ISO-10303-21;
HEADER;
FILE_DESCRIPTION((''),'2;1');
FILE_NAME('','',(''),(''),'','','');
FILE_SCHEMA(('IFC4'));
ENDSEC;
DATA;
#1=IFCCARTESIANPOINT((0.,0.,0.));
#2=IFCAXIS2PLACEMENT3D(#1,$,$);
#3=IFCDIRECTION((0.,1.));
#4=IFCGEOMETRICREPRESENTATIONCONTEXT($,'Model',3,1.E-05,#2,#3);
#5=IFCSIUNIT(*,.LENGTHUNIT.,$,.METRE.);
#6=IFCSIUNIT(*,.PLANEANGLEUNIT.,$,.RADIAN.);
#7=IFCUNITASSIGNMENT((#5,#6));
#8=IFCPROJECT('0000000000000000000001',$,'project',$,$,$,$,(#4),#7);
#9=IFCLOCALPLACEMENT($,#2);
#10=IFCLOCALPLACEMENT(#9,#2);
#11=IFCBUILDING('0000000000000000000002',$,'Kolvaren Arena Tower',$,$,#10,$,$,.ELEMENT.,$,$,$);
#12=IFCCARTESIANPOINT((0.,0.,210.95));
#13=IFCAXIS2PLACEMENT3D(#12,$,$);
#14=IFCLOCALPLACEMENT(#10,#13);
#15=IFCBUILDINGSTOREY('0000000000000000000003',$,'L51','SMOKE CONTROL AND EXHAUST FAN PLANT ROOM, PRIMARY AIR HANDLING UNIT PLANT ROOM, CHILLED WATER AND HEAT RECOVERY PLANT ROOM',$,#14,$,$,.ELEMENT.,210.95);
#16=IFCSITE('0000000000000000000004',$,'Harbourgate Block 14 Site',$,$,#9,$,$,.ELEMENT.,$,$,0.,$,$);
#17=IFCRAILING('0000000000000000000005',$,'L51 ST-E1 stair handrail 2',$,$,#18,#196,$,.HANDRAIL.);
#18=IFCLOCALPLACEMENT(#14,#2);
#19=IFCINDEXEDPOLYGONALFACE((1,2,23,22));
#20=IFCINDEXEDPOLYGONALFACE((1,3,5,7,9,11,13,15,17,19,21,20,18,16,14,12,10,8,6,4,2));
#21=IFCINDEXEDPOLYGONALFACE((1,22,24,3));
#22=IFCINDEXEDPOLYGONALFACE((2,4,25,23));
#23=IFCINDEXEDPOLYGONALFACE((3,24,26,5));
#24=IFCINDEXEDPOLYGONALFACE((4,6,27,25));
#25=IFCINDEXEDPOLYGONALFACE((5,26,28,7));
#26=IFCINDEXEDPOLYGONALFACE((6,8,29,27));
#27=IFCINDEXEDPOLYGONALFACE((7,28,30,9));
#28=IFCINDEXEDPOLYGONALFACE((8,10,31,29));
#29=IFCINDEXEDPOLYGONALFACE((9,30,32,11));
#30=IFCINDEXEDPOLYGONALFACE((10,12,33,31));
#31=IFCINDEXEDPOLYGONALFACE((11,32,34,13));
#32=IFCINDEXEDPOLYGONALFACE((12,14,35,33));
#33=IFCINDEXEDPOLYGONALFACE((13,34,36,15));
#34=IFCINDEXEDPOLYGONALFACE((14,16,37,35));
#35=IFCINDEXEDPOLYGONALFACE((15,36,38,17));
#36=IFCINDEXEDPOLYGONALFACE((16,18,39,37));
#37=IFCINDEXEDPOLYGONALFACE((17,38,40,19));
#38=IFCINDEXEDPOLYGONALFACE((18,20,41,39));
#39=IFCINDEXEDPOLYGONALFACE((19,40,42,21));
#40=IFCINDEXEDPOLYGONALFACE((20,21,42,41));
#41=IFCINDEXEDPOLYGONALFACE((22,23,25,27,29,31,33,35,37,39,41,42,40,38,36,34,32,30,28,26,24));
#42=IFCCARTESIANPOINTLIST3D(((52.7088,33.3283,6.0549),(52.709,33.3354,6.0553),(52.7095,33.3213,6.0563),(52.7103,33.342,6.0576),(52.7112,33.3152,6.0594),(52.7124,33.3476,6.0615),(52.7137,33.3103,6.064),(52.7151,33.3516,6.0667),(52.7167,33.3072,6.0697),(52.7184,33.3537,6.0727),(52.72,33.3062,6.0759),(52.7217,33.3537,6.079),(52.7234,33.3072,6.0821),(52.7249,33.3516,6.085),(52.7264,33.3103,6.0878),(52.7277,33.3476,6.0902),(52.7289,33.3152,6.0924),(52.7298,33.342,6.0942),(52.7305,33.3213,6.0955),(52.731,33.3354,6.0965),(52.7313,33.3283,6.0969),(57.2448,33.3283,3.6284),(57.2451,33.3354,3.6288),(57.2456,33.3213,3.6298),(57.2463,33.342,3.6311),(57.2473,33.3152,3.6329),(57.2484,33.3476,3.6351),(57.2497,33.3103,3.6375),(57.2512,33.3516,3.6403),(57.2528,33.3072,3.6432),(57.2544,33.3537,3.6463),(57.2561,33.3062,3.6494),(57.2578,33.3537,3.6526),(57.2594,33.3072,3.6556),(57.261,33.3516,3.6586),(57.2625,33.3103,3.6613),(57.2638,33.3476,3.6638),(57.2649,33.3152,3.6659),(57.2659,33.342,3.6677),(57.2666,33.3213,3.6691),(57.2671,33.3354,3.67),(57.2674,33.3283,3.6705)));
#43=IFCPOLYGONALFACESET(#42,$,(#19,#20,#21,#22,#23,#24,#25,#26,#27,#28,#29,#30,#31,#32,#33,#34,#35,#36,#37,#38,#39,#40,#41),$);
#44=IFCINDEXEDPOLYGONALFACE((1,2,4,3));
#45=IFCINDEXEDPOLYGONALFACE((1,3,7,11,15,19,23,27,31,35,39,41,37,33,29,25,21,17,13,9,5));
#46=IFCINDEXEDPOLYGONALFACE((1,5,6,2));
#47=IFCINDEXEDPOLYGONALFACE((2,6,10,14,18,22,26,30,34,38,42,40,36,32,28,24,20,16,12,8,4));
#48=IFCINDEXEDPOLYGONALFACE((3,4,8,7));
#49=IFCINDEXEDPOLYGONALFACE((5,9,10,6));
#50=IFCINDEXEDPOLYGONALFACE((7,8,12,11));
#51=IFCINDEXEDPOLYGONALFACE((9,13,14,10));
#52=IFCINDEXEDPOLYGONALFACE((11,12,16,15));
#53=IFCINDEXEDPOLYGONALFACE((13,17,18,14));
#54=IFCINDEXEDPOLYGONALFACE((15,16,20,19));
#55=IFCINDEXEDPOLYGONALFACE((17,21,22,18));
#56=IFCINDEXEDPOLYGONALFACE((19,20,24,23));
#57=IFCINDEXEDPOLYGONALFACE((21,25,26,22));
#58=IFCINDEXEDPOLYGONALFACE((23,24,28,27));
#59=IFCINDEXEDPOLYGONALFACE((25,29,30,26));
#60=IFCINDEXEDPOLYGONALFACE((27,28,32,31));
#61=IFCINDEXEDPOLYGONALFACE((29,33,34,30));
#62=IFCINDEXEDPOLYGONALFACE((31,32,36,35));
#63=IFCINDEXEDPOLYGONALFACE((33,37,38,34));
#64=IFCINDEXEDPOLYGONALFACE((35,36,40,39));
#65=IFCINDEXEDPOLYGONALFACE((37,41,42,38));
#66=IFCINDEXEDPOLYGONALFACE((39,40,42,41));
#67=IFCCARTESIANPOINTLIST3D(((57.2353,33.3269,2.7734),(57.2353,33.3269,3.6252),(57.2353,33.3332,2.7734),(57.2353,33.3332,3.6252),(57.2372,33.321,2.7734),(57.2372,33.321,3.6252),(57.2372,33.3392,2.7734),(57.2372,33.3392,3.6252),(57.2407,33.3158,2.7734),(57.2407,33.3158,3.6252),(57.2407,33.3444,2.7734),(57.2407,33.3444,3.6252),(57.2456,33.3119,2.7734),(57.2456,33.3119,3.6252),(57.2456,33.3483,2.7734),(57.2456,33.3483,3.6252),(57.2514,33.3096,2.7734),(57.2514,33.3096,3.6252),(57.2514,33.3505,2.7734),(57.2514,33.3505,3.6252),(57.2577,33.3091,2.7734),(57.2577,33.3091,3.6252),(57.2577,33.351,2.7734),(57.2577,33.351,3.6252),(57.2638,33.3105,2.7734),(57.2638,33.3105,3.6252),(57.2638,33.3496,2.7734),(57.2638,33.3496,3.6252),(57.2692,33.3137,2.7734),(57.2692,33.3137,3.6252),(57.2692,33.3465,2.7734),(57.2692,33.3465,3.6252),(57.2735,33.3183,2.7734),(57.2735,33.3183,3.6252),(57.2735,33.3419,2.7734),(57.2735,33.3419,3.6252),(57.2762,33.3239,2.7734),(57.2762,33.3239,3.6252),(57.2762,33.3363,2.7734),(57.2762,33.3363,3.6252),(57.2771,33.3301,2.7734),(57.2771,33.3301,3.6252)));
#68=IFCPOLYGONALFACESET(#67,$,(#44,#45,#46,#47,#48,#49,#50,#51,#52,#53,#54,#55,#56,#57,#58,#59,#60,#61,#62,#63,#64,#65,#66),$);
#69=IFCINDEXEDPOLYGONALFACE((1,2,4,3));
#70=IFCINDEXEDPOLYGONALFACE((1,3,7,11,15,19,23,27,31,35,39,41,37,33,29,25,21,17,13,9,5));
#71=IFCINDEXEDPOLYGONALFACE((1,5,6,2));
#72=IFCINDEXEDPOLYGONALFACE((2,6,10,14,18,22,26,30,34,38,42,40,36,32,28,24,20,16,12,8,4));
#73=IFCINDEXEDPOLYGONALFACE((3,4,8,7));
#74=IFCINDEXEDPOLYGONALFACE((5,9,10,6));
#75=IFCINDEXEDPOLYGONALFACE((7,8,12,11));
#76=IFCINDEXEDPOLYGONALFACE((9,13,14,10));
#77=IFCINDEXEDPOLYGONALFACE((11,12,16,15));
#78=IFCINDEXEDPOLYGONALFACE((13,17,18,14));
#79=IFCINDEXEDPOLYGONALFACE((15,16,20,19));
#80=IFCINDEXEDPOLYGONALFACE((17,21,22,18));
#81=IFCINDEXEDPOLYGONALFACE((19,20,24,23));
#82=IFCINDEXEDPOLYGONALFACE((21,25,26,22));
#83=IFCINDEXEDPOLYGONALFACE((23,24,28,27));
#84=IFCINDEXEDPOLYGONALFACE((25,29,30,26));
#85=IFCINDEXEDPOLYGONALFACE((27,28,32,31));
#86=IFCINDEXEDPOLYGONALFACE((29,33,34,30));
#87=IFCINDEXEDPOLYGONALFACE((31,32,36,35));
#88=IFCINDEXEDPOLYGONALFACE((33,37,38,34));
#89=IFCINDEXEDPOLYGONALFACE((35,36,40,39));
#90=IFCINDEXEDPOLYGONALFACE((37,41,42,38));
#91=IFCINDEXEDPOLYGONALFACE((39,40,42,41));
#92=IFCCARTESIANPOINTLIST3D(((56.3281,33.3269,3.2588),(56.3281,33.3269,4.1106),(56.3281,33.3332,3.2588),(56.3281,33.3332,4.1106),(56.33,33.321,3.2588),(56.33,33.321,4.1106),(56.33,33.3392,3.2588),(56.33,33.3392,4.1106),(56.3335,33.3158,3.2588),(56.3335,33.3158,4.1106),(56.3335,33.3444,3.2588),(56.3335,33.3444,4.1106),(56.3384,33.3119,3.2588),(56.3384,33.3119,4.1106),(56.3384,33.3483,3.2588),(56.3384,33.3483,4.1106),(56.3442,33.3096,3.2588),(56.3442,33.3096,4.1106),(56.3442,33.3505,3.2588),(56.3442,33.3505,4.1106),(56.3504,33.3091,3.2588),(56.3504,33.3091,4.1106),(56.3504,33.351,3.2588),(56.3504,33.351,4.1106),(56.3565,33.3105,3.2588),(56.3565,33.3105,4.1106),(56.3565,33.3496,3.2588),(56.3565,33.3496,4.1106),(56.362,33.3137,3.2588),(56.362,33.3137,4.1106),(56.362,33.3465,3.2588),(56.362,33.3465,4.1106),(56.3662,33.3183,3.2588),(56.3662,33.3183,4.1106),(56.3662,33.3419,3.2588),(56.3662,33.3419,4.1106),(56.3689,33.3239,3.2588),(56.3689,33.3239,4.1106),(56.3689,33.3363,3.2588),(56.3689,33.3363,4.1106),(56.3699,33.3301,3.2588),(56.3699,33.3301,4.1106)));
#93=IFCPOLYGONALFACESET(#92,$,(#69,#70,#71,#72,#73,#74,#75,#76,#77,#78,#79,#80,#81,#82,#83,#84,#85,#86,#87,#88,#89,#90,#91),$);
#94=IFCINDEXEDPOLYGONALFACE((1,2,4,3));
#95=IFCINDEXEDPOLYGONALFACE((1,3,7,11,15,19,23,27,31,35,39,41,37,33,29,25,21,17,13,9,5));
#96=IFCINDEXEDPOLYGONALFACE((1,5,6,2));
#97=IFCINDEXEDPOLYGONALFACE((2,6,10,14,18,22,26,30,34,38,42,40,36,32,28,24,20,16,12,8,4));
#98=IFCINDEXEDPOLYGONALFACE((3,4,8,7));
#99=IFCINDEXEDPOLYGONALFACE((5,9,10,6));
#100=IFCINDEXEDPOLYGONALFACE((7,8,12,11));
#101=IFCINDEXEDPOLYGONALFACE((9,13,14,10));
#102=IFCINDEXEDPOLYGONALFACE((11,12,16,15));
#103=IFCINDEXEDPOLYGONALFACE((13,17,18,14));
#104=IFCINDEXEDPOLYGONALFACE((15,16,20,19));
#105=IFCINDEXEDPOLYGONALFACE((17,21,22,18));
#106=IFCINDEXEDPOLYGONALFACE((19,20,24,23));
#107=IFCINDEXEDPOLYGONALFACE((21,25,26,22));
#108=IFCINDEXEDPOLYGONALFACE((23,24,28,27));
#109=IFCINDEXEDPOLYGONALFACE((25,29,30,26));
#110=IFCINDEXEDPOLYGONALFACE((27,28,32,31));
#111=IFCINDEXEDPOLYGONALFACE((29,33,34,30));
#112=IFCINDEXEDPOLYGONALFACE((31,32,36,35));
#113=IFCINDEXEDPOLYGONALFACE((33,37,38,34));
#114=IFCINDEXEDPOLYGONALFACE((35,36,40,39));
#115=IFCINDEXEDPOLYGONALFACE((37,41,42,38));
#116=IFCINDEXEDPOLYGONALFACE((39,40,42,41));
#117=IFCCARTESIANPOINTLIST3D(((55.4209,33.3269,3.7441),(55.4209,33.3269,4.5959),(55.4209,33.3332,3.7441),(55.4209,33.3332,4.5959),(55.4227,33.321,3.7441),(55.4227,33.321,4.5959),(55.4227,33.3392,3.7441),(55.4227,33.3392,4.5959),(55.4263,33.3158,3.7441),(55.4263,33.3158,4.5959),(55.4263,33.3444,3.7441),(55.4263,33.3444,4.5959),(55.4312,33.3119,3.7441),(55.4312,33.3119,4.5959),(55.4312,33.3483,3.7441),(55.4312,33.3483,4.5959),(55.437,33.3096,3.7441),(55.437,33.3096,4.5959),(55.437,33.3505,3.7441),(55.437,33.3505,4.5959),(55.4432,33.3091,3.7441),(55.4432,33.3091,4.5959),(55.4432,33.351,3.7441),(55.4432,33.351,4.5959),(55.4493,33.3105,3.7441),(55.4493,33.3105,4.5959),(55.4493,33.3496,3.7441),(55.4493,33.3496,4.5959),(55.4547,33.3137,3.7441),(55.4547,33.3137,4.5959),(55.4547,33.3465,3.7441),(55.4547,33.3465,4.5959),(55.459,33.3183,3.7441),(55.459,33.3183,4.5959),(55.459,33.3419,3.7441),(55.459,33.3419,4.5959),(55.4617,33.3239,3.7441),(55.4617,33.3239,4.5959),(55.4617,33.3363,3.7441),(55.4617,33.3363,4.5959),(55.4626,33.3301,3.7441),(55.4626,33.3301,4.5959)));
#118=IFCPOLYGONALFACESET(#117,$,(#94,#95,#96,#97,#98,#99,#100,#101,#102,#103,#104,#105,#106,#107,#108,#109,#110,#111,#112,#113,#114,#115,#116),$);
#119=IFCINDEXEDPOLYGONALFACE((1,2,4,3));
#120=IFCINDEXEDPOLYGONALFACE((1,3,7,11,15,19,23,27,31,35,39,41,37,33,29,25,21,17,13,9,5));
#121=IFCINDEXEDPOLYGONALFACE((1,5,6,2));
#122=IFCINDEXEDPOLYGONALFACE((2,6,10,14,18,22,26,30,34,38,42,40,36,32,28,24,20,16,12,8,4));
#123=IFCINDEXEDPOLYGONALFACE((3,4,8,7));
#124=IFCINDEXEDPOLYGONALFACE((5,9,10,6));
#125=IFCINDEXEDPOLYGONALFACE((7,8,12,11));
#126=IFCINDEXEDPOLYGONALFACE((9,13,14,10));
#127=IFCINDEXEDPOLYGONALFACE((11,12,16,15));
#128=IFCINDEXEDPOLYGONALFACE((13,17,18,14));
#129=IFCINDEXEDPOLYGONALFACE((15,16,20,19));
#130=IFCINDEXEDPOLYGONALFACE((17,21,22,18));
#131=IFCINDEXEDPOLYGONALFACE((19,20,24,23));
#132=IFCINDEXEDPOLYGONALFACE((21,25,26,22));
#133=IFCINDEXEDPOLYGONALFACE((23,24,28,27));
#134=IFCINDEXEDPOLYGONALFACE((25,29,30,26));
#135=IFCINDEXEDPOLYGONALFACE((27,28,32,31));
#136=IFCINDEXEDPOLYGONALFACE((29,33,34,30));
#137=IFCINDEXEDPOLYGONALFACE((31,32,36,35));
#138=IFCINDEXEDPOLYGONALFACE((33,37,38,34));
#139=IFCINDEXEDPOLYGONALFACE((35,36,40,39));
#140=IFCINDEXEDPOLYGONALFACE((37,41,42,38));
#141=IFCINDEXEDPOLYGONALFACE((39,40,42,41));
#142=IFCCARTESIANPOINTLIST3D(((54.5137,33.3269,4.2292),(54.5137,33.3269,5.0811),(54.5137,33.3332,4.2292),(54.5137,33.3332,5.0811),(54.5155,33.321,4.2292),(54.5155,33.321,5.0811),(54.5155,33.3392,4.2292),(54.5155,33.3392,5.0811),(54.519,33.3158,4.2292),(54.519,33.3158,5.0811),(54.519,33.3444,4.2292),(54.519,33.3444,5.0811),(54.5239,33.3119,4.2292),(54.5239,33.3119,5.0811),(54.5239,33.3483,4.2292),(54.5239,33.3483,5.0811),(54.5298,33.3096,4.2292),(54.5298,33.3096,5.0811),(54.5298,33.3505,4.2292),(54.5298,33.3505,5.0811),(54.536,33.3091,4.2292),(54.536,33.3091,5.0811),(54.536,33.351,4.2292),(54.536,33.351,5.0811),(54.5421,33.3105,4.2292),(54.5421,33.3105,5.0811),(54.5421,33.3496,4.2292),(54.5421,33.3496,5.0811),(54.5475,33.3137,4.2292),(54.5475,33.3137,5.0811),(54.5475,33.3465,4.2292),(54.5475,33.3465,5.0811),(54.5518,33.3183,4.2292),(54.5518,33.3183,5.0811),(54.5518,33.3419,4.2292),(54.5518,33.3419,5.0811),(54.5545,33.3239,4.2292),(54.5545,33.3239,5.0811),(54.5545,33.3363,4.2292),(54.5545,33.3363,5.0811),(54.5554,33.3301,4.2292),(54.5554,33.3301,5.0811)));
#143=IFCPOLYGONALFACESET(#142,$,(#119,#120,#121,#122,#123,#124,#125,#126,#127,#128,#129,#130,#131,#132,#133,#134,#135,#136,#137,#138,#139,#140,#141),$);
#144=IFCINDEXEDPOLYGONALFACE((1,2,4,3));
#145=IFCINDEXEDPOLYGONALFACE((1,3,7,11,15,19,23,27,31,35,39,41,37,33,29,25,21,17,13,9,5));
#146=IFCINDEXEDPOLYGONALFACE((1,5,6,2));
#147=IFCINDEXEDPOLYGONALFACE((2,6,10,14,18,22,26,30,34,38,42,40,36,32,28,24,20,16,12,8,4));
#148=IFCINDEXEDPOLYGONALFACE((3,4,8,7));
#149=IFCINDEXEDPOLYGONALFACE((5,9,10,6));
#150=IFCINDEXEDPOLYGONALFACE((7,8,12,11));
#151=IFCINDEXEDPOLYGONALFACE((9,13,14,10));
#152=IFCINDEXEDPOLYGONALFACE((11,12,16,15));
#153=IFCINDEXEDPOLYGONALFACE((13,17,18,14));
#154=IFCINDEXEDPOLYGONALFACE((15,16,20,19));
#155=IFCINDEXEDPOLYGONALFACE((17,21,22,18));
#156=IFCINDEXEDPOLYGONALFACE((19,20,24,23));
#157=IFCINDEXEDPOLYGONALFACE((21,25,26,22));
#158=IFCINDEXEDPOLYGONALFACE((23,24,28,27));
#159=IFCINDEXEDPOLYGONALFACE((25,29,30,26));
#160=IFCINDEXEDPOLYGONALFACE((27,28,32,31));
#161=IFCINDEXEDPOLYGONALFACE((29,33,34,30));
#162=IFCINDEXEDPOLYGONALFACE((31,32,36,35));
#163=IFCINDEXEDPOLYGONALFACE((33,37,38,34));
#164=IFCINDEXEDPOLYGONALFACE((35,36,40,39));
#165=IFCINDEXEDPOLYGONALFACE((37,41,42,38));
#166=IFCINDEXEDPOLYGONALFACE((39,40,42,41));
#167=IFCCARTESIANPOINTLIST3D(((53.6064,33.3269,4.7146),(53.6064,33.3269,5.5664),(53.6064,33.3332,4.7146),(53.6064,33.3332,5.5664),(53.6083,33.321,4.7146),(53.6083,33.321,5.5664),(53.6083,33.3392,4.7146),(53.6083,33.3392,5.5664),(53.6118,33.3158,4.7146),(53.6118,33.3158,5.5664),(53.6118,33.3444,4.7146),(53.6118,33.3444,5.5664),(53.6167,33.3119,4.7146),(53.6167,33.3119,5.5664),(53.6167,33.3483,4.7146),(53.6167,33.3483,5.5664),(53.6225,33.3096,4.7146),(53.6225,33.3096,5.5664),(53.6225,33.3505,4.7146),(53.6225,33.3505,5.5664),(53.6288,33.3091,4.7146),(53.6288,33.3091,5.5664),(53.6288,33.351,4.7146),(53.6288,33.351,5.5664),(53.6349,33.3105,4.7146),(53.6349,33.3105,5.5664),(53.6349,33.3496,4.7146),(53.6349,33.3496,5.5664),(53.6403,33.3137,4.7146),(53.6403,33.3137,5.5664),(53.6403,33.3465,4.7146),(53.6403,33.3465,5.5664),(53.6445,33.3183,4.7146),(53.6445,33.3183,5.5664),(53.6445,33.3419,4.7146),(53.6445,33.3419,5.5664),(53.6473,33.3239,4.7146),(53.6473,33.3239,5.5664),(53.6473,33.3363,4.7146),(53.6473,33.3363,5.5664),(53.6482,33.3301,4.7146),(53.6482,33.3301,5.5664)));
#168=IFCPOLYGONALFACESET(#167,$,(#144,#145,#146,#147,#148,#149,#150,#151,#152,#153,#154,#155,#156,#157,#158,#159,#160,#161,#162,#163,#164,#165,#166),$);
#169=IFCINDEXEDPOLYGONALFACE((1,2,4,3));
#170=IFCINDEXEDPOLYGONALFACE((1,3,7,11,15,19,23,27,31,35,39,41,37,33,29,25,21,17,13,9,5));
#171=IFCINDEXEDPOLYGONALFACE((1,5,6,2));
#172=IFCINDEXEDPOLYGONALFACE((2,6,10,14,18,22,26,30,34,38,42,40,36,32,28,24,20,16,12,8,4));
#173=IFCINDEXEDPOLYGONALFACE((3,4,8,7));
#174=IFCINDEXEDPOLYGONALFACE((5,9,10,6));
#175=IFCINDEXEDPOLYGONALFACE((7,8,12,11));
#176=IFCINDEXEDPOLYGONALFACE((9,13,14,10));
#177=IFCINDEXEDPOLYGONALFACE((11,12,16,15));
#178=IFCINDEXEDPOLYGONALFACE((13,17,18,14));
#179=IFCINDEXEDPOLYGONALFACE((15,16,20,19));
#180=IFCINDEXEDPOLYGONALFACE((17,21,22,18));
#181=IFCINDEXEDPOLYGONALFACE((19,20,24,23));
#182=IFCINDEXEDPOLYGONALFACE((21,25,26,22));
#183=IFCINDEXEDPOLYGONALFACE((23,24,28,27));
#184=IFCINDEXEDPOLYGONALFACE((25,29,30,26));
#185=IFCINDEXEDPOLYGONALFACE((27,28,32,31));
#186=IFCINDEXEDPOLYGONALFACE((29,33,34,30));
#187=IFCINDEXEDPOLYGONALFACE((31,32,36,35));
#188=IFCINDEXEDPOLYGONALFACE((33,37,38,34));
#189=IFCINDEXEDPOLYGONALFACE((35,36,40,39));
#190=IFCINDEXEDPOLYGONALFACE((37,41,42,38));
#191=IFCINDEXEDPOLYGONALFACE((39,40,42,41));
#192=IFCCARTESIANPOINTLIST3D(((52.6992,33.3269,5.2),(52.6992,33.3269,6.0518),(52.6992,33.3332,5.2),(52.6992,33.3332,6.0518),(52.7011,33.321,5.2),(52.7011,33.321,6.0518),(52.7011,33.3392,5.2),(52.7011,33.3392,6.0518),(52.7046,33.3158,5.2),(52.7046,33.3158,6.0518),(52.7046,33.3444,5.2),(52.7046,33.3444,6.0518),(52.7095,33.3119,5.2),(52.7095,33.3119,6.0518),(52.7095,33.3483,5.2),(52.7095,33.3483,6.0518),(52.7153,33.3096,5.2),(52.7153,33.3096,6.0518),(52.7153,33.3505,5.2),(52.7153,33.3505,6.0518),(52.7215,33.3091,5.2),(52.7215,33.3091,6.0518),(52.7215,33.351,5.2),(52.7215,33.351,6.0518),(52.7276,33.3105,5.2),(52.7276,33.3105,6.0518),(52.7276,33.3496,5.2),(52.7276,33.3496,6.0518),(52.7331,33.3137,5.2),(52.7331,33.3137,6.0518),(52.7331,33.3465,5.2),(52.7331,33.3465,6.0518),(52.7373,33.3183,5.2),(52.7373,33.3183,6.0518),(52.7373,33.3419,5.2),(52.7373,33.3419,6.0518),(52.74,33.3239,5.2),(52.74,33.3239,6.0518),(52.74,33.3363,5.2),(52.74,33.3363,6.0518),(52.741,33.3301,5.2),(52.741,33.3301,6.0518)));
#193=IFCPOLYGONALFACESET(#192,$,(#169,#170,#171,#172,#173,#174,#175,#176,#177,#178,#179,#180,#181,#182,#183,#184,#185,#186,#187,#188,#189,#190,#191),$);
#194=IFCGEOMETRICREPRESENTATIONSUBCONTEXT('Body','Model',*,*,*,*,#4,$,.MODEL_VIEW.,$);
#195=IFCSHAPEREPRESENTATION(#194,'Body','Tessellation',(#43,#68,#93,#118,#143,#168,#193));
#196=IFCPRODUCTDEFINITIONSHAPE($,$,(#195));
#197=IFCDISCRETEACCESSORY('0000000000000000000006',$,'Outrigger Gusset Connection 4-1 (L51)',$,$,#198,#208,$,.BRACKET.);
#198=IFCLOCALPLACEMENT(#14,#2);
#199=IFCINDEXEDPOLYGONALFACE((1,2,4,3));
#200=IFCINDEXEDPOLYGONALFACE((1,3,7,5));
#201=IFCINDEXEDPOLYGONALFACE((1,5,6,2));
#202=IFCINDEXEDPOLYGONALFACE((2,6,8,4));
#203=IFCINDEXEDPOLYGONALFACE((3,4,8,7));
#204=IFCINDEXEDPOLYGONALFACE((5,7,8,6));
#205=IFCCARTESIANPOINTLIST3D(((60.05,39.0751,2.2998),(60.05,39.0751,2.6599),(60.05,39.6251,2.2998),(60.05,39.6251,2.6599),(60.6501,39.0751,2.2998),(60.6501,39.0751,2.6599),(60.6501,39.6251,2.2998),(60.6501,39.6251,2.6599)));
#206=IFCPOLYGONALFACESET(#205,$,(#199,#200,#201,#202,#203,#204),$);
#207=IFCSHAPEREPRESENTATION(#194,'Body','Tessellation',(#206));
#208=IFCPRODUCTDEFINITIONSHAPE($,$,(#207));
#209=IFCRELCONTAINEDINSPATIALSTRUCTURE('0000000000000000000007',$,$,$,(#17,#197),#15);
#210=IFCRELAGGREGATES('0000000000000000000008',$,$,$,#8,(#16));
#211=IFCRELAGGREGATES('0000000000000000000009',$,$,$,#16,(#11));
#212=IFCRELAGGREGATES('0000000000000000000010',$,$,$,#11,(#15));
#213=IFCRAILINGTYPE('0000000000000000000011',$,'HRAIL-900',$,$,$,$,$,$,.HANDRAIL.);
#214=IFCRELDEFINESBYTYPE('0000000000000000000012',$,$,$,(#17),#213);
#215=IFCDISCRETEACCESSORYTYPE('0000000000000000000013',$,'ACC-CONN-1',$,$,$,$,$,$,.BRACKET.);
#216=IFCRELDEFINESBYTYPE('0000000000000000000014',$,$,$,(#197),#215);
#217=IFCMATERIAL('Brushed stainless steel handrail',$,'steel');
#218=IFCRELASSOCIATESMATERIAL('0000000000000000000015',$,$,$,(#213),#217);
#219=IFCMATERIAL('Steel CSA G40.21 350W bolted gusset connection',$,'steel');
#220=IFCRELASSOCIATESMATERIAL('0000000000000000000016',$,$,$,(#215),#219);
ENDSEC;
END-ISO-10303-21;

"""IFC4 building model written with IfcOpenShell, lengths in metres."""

from ifc_helpers import new_model, si_unit, direction, frame, origin, origin_2d, place, context, subcontext, project, spatial, rectangle, circle, extrude, material, type_object, element, save


model = new_model("IFC4")

# Units and contexts
model_context = context("Model", 3, precision=1e-05, world=origin(), true_north=direction((0.0, 1.0)))
body_context = subcontext(model_context, "Body", "Model", "MODEL_VIEW")
ifc_project = project(units=[si_unit("LENGTHUNIT", "METRE"), si_unit("PLANEANGLEUNIT", "RADIAN")], contexts=[model_context])

# Site, building, storey
site_placement = place(None, origin())
site = spatial("IfcSite", under=ifc_project, at=site_placement, Name="Harbourgate Block 14 Site", CompositionType="ELEMENT", RefElevation=0.0)
building_placement = place(site_placement, origin())
building = spatial("IfcBuilding", under=site, at=building_placement, Name="Kolvaren Arena Tower", CompositionType="ELEMENT")
storey_placement = place(building_placement, frame((0.0, 0.0, 210.95)))
storey = spatial("IfcBuildingStorey", under=building, at=storey_placement, Name="L51", Description="SMOKE CONTROL AND EXHAUST FAN PLANT ROOM, PRIMARY AIR HANDLING UNIT PLANT ROOM, CHILLED WATER AND HEAT RECOVERY PLANT ROOM", CompositionType="ELEMENT", Elevation=210.95)

# Railing
ifc_material_1 = material(Name="Brushed stainless steel handrail", Category="steel")
railing_type_1 = type_object("IfcRailingType", Name="HRAIL-900", PredefinedType="HANDRAIL", material=ifc_material_1)
railing_1_placement = place(storey_placement, frame((57.2561, 33.3301, 2.7734)))
element("IfcRailing", 1, at=railing_1_placement, inside=storey, type_object=railing_type_1, Name="L51 ST-E1 stair handrail 2", PredefinedType="HANDRAIL", context=body_context, shape_type="SweptSolid", body=[
    extrude(circle(Radius=0.0239, at=origin_2d()), frame((0.0, 0.0, 0.876), z_axis=(-0.881768, 0.0, 0.471684), x_axis=(0.0, -1.0, 0.0)), (0.0, 0.0, 1.0), 5.1443),
    extrude(circle(Radius=0.021, at=origin_2d()), origin(), (0.0, 0.0, 1.0), 0.8518),
    extrude(circle(Radius=0.021, at=origin_2d()), frame((-0.9072, 0.0, 0.4854)), (0.0, 0.0, 1.0), 0.8518),
    extrude(circle(Radius=0.021, at=origin_2d()), frame((-1.8145, 0.0, 0.9707)), (0.0, 0.0, 1.0), 0.8518),
    extrude(circle(Radius=0.021, at=origin_2d()), frame((-2.7217, 0.0, 1.4558)), (0.0, 0.0, 1.0), 0.8518),
    extrude(circle(Radius=0.021, at=origin_2d()), frame((-3.6289, 0.0, 1.9412)), (0.0, 0.0, 1.0), 0.8518),
    extrude(circle(Radius=0.021, at=origin_2d()), frame((-4.5361, 0.0, 2.4265)), (0.0, 0.0, 1.0), 0.8518),
])

# Discrete accessory
ifc_material_2 = material(Name="Steel CSA G40.21 350W bolted gusset connection", Category="steel")
discrete_accessory_type = type_object("IfcDiscreteAccessoryType", Name="ACC-CONN-1", PredefinedType="BRACKET", material=ifc_material_2)
for number, where, z_axis, x_axis, name in (
    (2, (60.3501, 39.3501, 2.2998), (0.0, 0.0, 1.0), (1.0, 0.0, 0.0), "Outrigger Gusset Connection 4-1 (L51)"),
):
    element("IfcDiscreteAccessory", number, at=place(storey_placement, frame(where, z_axis=z_axis, x_axis=x_axis)), inside=storey, type_object=discrete_accessory_type, Name=name, PredefinedType="BRACKET", context=body_context, shape_type="SweptSolid", body=[
        extrude(rectangle(XDim=0.6001, YDim=0.55, at=origin_2d()), origin(), (0.0, 0.0, 1.0), 0.3601),
    ])

save(model, "model.ifc")
